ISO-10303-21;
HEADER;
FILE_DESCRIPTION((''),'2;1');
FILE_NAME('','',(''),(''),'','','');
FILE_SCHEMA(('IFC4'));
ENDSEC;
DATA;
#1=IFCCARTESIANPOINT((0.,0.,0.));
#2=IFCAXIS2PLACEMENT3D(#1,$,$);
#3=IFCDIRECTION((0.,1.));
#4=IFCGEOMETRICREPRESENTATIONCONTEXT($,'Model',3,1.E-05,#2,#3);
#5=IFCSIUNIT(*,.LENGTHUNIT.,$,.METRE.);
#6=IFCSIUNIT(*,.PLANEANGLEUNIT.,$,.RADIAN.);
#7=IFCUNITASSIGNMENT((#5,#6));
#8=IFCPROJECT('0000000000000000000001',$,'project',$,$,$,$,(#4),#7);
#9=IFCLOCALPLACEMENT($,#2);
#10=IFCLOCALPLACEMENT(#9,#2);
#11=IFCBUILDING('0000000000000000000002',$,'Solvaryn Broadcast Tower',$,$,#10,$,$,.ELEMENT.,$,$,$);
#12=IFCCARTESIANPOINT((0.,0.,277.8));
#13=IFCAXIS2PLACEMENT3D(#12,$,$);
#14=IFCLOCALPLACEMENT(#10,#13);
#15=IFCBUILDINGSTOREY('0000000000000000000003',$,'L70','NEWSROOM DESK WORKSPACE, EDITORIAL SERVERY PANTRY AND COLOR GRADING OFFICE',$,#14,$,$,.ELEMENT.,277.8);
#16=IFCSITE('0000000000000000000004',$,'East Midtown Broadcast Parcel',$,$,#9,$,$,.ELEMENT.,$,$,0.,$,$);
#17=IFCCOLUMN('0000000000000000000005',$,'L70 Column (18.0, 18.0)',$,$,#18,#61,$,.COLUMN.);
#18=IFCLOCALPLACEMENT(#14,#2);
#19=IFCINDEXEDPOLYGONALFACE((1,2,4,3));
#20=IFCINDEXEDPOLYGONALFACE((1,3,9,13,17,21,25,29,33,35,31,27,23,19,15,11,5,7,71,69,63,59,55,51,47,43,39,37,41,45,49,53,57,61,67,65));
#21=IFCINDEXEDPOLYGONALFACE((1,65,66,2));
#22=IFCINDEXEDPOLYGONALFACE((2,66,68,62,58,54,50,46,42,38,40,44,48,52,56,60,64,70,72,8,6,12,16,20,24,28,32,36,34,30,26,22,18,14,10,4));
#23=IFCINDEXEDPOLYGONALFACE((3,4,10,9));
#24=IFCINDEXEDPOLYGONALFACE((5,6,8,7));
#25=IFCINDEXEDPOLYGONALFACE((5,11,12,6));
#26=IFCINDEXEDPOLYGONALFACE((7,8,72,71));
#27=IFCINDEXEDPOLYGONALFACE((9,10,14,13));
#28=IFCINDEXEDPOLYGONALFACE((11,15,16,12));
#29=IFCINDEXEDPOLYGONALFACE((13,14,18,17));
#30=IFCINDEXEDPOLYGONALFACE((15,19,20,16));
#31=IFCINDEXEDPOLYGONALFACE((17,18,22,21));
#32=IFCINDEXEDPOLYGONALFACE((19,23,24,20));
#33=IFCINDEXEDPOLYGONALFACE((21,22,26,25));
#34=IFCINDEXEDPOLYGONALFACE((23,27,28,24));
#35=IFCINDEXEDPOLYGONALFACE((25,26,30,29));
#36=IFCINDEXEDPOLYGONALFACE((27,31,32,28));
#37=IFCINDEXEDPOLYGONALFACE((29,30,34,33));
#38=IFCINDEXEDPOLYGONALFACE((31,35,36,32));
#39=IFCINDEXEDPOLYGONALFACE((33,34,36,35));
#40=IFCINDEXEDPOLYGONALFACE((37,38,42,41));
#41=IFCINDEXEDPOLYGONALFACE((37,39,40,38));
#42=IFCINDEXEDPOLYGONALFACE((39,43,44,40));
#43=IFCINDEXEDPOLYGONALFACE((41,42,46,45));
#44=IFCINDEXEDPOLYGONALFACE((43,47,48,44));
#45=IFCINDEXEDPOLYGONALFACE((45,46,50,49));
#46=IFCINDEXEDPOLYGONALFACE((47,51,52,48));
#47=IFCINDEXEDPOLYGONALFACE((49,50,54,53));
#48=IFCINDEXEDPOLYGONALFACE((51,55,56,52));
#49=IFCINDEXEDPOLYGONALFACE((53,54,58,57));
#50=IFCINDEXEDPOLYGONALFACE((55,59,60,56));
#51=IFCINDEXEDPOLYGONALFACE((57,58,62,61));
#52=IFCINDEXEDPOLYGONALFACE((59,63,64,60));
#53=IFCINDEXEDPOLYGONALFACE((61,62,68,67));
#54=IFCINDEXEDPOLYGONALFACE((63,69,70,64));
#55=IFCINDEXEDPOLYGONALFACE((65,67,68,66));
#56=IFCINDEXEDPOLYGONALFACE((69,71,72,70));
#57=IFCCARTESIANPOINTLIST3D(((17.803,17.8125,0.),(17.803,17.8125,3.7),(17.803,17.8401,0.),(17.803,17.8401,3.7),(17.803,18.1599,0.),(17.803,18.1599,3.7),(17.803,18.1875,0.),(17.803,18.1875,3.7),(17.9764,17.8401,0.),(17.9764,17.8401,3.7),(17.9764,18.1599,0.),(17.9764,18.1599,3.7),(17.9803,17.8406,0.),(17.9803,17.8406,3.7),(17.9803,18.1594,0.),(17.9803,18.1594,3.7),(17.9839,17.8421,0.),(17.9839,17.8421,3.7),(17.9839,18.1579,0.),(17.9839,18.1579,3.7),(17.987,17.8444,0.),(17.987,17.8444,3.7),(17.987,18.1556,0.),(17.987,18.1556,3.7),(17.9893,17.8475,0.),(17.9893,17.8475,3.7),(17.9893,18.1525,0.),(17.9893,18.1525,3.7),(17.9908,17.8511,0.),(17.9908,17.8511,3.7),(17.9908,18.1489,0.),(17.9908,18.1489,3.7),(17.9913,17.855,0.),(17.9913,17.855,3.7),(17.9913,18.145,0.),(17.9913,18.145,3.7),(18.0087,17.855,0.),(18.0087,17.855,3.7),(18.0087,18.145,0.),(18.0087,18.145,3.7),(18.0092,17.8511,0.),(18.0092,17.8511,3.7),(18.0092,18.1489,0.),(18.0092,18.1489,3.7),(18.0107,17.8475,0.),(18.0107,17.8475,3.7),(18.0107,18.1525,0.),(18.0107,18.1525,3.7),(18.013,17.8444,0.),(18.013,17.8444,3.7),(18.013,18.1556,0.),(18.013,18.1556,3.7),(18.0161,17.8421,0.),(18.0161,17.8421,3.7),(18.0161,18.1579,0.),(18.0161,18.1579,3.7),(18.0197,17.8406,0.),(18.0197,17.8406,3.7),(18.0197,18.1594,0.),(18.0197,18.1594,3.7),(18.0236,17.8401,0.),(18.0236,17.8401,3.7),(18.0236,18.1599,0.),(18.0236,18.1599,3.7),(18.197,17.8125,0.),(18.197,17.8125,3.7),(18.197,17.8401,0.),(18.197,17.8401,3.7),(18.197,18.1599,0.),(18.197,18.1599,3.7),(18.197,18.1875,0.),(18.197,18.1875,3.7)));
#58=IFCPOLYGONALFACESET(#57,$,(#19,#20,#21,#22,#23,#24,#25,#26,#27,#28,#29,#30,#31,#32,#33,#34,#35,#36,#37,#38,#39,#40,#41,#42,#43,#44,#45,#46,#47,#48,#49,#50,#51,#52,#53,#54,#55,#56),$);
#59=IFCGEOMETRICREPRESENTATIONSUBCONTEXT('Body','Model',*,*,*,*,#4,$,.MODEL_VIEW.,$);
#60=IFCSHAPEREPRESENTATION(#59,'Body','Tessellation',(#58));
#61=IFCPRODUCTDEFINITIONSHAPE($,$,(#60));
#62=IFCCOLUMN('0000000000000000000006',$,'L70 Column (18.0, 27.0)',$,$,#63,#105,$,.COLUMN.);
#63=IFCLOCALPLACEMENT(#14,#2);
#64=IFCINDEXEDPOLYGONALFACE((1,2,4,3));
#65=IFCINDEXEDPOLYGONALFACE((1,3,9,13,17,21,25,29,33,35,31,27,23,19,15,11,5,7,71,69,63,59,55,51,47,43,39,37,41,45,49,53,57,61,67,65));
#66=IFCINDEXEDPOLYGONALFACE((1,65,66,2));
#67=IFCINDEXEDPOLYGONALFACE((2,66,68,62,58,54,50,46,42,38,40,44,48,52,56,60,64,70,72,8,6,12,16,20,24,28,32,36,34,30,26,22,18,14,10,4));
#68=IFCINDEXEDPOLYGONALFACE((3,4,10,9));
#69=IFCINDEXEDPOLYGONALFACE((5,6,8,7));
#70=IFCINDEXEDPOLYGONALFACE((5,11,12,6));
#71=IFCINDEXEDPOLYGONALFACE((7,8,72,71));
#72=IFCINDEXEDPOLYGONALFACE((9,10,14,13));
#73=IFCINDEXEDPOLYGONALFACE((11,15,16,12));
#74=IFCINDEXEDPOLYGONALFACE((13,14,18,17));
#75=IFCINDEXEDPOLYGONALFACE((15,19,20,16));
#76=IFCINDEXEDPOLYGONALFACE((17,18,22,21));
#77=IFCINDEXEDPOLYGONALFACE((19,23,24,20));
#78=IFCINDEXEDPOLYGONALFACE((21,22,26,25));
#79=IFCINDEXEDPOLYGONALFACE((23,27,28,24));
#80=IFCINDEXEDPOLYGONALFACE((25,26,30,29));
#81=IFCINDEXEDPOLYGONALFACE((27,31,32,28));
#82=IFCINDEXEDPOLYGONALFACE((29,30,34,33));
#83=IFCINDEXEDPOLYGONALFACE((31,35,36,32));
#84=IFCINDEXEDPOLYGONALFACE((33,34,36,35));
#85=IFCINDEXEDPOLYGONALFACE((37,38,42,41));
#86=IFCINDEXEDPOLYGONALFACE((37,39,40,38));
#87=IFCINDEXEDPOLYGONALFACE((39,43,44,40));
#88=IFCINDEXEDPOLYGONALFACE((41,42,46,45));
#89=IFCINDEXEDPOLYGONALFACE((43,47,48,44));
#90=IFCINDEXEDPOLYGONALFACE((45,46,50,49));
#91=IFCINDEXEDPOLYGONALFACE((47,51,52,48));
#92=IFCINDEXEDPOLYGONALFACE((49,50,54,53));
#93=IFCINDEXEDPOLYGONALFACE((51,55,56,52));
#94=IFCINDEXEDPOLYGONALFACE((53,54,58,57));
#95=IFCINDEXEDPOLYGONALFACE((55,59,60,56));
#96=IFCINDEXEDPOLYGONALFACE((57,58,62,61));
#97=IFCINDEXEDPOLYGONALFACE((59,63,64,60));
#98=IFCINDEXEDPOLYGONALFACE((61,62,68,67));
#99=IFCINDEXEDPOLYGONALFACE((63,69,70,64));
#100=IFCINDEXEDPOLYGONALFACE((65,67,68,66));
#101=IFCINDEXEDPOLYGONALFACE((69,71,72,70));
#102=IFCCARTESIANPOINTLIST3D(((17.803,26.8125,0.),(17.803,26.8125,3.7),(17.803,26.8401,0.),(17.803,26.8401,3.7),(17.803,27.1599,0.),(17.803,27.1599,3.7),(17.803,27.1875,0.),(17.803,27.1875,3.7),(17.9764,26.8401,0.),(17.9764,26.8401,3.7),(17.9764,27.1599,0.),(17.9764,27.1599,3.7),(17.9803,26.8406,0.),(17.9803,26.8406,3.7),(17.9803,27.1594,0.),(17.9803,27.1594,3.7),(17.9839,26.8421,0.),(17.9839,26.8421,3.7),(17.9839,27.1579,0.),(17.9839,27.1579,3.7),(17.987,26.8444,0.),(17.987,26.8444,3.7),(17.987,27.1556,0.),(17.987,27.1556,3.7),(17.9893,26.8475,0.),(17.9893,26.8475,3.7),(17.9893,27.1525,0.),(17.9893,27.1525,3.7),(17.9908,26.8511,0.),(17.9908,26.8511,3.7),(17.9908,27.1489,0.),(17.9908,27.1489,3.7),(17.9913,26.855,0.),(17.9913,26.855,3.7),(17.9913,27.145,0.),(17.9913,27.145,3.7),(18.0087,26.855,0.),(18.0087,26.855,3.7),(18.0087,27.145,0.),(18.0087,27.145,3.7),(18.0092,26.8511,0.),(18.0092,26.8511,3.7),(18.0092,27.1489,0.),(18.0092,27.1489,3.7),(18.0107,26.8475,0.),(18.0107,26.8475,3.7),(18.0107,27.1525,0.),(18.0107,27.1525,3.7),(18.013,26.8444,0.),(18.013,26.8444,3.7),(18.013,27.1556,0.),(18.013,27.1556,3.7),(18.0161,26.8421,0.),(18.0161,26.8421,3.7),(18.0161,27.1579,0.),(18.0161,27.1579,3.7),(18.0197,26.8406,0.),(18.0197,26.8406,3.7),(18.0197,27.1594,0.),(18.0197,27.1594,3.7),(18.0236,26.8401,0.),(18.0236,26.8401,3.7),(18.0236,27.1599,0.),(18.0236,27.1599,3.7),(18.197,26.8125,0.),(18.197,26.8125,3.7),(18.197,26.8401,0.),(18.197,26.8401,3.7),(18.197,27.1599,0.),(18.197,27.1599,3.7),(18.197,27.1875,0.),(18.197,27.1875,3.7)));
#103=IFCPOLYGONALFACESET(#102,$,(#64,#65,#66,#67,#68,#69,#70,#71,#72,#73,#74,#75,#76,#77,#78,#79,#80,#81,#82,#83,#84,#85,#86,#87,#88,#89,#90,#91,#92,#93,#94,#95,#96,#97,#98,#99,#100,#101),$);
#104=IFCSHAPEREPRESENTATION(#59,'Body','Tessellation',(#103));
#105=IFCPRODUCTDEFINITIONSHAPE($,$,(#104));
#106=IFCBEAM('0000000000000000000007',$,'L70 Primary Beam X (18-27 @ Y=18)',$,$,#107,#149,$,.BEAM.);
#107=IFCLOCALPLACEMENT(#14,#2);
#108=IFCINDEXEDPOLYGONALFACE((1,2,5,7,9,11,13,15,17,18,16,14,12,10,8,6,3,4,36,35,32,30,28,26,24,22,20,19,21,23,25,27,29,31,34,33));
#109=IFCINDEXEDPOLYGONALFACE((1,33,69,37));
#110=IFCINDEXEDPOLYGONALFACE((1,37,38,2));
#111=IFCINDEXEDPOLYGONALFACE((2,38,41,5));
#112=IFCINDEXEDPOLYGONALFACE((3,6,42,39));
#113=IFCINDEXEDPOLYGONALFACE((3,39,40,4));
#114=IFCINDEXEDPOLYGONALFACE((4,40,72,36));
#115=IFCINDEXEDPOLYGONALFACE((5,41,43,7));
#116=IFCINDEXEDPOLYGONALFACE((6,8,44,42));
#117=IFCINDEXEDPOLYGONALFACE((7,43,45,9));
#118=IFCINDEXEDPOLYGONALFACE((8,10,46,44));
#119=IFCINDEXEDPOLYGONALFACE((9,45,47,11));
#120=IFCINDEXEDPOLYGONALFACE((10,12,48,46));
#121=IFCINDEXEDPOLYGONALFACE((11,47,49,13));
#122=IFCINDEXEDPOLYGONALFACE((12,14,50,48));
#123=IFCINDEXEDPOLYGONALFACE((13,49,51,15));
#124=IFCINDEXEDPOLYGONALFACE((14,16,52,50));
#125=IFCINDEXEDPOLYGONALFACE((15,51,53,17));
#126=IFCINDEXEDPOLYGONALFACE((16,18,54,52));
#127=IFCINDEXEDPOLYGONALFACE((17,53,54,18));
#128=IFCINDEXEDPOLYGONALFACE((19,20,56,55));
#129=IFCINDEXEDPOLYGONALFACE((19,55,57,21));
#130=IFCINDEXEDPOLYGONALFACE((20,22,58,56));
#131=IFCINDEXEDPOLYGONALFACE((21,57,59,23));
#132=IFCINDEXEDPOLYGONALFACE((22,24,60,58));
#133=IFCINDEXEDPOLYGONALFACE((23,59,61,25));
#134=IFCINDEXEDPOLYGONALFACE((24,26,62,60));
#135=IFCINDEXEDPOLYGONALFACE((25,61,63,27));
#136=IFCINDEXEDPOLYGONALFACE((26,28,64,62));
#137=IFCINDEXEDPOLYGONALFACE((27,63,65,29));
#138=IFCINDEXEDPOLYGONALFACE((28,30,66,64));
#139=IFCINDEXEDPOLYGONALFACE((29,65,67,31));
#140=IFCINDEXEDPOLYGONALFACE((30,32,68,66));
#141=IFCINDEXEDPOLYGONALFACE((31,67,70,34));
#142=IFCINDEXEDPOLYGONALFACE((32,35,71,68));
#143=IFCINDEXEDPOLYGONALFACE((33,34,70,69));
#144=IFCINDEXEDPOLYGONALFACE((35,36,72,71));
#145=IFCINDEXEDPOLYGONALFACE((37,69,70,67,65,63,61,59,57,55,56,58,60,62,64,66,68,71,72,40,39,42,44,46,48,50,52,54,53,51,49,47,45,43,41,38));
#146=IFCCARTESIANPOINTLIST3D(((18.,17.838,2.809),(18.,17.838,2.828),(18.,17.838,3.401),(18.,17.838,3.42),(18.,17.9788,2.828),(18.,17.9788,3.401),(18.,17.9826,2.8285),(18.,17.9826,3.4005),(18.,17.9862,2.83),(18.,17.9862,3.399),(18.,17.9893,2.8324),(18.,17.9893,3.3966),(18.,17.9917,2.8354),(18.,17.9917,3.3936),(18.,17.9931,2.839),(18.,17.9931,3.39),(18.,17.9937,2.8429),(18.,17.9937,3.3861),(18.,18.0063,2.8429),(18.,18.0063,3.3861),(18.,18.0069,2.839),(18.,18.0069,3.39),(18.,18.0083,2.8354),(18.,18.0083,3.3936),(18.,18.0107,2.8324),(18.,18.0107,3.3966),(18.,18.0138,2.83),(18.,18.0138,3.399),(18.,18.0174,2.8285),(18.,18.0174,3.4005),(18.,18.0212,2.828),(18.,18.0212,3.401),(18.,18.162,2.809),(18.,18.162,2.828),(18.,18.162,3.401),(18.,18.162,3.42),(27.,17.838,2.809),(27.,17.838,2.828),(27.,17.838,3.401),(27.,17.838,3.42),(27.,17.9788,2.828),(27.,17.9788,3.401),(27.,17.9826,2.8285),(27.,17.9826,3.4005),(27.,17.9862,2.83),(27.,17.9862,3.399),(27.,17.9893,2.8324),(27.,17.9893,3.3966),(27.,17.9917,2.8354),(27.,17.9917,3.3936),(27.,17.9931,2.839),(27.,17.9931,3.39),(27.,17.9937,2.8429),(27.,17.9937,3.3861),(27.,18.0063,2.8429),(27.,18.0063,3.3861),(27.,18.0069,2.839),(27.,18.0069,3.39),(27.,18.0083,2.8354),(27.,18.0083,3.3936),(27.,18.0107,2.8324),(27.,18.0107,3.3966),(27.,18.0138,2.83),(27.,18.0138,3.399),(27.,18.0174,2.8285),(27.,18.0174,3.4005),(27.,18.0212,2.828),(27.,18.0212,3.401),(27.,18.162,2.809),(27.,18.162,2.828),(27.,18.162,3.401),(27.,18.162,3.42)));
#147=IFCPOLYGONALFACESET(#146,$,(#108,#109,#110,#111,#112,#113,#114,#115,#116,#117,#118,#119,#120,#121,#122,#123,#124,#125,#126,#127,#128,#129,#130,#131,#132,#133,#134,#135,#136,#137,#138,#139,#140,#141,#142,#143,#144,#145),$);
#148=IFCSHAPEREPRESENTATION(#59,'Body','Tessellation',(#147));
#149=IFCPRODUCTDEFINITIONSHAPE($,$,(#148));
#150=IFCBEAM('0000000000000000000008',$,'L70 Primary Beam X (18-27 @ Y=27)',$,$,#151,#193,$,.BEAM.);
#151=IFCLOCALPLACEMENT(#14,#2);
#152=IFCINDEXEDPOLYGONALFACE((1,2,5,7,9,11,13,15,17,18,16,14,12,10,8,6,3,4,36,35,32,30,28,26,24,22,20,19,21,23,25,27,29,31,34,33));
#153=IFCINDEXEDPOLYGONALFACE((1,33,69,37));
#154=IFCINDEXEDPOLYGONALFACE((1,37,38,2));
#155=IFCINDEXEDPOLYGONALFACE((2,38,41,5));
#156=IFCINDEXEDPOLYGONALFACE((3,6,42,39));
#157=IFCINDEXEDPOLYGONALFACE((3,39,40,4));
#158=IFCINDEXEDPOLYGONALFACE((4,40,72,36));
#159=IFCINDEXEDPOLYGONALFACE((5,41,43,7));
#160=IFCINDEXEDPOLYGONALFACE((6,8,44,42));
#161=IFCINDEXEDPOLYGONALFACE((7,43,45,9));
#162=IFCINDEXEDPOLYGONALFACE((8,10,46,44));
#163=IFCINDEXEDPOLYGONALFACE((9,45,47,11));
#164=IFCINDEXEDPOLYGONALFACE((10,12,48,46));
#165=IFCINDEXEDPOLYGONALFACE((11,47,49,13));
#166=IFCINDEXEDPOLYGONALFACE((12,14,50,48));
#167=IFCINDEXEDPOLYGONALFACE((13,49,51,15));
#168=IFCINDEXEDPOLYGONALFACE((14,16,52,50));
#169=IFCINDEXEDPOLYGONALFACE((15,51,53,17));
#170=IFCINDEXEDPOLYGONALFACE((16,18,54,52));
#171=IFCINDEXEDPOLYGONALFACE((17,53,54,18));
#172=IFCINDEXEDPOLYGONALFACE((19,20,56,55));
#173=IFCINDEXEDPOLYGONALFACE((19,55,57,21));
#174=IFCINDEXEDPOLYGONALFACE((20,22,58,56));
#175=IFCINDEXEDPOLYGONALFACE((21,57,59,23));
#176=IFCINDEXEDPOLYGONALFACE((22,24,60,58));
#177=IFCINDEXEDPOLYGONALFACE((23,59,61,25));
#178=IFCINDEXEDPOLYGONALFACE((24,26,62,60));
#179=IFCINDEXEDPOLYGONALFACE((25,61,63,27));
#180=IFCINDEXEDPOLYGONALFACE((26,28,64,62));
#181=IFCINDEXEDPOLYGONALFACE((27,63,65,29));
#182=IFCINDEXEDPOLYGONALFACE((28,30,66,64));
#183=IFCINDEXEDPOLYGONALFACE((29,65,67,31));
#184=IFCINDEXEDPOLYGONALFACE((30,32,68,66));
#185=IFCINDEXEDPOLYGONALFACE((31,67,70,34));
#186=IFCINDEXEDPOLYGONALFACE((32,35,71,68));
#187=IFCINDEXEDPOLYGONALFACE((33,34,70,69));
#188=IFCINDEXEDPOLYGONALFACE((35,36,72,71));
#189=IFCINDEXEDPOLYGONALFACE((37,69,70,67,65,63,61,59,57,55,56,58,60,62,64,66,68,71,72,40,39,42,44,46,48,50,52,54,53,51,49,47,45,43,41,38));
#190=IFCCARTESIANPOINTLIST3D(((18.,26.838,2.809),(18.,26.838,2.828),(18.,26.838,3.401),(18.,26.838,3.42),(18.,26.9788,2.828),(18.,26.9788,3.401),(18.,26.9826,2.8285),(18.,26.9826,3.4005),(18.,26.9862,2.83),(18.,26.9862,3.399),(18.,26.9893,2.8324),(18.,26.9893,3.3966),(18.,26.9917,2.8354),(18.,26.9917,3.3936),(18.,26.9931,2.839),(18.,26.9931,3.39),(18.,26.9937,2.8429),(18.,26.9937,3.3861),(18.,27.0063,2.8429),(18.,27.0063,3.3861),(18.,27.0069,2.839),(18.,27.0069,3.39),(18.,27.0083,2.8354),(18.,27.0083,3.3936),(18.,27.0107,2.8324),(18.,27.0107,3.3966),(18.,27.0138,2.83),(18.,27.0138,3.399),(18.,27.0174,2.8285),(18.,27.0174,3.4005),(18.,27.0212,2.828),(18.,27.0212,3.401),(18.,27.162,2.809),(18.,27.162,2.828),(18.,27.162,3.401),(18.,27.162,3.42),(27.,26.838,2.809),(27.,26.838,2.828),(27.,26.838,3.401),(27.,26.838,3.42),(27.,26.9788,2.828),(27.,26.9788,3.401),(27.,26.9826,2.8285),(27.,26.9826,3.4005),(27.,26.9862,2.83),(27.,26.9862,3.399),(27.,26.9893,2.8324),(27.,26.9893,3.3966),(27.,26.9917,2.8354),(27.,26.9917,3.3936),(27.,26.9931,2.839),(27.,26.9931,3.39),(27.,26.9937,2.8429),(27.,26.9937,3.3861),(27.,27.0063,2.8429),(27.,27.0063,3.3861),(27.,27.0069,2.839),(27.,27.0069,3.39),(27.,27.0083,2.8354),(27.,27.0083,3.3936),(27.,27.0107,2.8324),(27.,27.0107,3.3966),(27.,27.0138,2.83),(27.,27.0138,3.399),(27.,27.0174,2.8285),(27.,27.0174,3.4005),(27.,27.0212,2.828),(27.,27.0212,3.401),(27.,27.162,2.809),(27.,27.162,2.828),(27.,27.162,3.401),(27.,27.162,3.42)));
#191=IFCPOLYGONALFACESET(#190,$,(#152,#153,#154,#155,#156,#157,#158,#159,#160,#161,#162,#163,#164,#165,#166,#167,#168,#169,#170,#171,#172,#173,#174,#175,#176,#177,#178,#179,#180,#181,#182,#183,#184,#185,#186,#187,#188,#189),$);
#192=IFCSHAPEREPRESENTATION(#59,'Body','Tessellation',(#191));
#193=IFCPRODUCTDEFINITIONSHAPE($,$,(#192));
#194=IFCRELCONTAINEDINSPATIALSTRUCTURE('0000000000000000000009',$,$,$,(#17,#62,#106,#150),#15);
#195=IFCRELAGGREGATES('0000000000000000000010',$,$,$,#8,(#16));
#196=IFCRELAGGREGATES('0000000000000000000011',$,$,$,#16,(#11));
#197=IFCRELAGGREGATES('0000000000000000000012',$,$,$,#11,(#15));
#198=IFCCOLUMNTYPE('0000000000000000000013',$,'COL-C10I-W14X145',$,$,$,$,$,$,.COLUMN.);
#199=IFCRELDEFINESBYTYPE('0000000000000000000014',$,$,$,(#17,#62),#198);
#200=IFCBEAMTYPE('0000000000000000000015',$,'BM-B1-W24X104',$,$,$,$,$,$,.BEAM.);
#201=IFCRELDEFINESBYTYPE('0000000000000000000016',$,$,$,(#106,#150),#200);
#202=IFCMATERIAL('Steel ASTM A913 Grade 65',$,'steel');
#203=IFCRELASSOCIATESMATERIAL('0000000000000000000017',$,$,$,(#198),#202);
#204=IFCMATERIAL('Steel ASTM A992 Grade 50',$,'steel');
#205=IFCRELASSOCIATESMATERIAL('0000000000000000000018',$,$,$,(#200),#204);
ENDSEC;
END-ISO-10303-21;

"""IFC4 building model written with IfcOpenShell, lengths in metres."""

from ifc_helpers import new_model, si_unit, direction, frame, origin, origin_2d, place, context, subcontext, project, spatial, i_section, extrude, material, material_profile, profile_set, type_object, element, save


model = new_model("IFC4")

# Units and contexts
model_context = context("Model", 3, precision=1e-05, world=origin(), true_north=direction((0.0, 1.0)))
body_context = subcontext(model_context, "Body", "Model", "MODEL_VIEW")
ifc_project = project(units=[si_unit("LENGTHUNIT", "METRE"), si_unit("PLANEANGLEUNIT", "RADIAN")], contexts=[model_context])

# Site, building, storey
site_placement = place(None, origin())
site = spatial("IfcSite", under=ifc_project, at=site_placement, Name="East Midtown Broadcast Parcel", CompositionType="ELEMENT", RefElevation=0.0)
building_placement = place(site_placement, origin())
building = spatial("IfcBuilding", under=site, at=building_placement, Name="Solvaryn Broadcast Tower", CompositionType="ELEMENT")
storey_placement = place(building_placement, frame((0.0, 0.0, 277.8)))
storey = spatial("IfcBuildingStorey", under=building, at=storey_placement, Name="L70", Description="NEWSROOM DESK WORKSPACE, EDITORIAL SERVERY PANTRY AND COLOR GRADING OFFICE", CompositionType="ELEMENT", Elevation=277.8)

# Columns
ifc_material_1 = material(Name="Steel ASTM A913 Grade 65", Category="steel")
ifc_material_profile_1 = material_profile(ifc_material_1, i_section(OverallWidth=0.394, OverallDepth=0.375, WebThickness=0.0173, FlangeThickness=0.0276, FilletRadius=0.0149, at=origin_2d()))
ifc_profile_set_1 = profile_set([ifc_material_profile_1], Name="Steel ASTM A913 Grade 65")
column_type = type_object("IfcColumnType", Name="COL-C10I-W14X145", PredefinedType="COLUMN", material=ifc_profile_set_1)
for number, where, z_axis, x_axis, name in (
    (1, (18.0, 18.0, 0.0), (0.0, 0.0, 1.0), (1.0, 0.0, 0.0), "L70 Column (18.0, 18.0)"),
    (2, (18.0, 27.0, 0.0), (0.0, 0.0, 1.0), (1.0, 0.0, 0.0), "L70 Column (18.0, 27.0)"),
):
    element("IfcColumn", number, at=place(storey_placement, frame(where, z_axis=z_axis, x_axis=x_axis)), inside=storey, type_object=column_type, Name=name, PredefinedType="COLUMN", context=body_context, shape_type="SweptSolid", body=[
        extrude(i_section(OverallWidth=0.394, OverallDepth=0.375, WebThickness=0.0173, FlangeThickness=0.0276, FilletRadius=0.0149, at=origin_2d()), origin(), (0.0, 0.0, 1.0), 3.7),
    ])

# Beams
ifc_material_2 = material(Name="Steel ASTM A992 Grade 50", Category="steel")
ifc_material_profile_2 = material_profile(ifc_material_2, i_section(OverallWidth=0.324, OverallDepth=0.6111, WebThickness=0.0127, FlangeThickness=0.019, FilletRadius=0.0149, at=origin_2d()))
ifc_profile_set_2 = profile_set([ifc_material_profile_2], Name="Steel ASTM A992 Grade 50")
beam_type_1 = type_object("IfcBeamType", Name="BM-B1-W24X104", PredefinedType="BEAM", material=ifc_profile_set_2)
for number, where, z_axis, x_axis, name in (
    (3, (18.0, 18.0, 3.1145), (1.0, 0.0, 0.0), (0.0, 1.0, 0.0), "L70 Primary Beam X (18-27 @ Y=18)"),
    (4, (18.0, 27.0, 3.1145), (1.0, 0.0, 0.0), (0.0, 1.0, 0.0), "L70 Primary Beam X (18-27 @ Y=27)"),
):
    element("IfcBeam", number, at=place(storey_placement, frame(where, z_axis=z_axis, x_axis=x_axis)), inside=storey, type_object=beam_type_1, Name=name, PredefinedType="BEAM", context=body_context, shape_type="SweptSolid", body=[
        extrude(i_section(OverallWidth=0.324, OverallDepth=0.6111, WebThickness=0.0127, FlangeThickness=0.019, FilletRadius=0.0149, at=origin_2d()), origin(), (0.0, 0.0, 1.0), 9.0),
    ])

save(model, "model.ifc")
